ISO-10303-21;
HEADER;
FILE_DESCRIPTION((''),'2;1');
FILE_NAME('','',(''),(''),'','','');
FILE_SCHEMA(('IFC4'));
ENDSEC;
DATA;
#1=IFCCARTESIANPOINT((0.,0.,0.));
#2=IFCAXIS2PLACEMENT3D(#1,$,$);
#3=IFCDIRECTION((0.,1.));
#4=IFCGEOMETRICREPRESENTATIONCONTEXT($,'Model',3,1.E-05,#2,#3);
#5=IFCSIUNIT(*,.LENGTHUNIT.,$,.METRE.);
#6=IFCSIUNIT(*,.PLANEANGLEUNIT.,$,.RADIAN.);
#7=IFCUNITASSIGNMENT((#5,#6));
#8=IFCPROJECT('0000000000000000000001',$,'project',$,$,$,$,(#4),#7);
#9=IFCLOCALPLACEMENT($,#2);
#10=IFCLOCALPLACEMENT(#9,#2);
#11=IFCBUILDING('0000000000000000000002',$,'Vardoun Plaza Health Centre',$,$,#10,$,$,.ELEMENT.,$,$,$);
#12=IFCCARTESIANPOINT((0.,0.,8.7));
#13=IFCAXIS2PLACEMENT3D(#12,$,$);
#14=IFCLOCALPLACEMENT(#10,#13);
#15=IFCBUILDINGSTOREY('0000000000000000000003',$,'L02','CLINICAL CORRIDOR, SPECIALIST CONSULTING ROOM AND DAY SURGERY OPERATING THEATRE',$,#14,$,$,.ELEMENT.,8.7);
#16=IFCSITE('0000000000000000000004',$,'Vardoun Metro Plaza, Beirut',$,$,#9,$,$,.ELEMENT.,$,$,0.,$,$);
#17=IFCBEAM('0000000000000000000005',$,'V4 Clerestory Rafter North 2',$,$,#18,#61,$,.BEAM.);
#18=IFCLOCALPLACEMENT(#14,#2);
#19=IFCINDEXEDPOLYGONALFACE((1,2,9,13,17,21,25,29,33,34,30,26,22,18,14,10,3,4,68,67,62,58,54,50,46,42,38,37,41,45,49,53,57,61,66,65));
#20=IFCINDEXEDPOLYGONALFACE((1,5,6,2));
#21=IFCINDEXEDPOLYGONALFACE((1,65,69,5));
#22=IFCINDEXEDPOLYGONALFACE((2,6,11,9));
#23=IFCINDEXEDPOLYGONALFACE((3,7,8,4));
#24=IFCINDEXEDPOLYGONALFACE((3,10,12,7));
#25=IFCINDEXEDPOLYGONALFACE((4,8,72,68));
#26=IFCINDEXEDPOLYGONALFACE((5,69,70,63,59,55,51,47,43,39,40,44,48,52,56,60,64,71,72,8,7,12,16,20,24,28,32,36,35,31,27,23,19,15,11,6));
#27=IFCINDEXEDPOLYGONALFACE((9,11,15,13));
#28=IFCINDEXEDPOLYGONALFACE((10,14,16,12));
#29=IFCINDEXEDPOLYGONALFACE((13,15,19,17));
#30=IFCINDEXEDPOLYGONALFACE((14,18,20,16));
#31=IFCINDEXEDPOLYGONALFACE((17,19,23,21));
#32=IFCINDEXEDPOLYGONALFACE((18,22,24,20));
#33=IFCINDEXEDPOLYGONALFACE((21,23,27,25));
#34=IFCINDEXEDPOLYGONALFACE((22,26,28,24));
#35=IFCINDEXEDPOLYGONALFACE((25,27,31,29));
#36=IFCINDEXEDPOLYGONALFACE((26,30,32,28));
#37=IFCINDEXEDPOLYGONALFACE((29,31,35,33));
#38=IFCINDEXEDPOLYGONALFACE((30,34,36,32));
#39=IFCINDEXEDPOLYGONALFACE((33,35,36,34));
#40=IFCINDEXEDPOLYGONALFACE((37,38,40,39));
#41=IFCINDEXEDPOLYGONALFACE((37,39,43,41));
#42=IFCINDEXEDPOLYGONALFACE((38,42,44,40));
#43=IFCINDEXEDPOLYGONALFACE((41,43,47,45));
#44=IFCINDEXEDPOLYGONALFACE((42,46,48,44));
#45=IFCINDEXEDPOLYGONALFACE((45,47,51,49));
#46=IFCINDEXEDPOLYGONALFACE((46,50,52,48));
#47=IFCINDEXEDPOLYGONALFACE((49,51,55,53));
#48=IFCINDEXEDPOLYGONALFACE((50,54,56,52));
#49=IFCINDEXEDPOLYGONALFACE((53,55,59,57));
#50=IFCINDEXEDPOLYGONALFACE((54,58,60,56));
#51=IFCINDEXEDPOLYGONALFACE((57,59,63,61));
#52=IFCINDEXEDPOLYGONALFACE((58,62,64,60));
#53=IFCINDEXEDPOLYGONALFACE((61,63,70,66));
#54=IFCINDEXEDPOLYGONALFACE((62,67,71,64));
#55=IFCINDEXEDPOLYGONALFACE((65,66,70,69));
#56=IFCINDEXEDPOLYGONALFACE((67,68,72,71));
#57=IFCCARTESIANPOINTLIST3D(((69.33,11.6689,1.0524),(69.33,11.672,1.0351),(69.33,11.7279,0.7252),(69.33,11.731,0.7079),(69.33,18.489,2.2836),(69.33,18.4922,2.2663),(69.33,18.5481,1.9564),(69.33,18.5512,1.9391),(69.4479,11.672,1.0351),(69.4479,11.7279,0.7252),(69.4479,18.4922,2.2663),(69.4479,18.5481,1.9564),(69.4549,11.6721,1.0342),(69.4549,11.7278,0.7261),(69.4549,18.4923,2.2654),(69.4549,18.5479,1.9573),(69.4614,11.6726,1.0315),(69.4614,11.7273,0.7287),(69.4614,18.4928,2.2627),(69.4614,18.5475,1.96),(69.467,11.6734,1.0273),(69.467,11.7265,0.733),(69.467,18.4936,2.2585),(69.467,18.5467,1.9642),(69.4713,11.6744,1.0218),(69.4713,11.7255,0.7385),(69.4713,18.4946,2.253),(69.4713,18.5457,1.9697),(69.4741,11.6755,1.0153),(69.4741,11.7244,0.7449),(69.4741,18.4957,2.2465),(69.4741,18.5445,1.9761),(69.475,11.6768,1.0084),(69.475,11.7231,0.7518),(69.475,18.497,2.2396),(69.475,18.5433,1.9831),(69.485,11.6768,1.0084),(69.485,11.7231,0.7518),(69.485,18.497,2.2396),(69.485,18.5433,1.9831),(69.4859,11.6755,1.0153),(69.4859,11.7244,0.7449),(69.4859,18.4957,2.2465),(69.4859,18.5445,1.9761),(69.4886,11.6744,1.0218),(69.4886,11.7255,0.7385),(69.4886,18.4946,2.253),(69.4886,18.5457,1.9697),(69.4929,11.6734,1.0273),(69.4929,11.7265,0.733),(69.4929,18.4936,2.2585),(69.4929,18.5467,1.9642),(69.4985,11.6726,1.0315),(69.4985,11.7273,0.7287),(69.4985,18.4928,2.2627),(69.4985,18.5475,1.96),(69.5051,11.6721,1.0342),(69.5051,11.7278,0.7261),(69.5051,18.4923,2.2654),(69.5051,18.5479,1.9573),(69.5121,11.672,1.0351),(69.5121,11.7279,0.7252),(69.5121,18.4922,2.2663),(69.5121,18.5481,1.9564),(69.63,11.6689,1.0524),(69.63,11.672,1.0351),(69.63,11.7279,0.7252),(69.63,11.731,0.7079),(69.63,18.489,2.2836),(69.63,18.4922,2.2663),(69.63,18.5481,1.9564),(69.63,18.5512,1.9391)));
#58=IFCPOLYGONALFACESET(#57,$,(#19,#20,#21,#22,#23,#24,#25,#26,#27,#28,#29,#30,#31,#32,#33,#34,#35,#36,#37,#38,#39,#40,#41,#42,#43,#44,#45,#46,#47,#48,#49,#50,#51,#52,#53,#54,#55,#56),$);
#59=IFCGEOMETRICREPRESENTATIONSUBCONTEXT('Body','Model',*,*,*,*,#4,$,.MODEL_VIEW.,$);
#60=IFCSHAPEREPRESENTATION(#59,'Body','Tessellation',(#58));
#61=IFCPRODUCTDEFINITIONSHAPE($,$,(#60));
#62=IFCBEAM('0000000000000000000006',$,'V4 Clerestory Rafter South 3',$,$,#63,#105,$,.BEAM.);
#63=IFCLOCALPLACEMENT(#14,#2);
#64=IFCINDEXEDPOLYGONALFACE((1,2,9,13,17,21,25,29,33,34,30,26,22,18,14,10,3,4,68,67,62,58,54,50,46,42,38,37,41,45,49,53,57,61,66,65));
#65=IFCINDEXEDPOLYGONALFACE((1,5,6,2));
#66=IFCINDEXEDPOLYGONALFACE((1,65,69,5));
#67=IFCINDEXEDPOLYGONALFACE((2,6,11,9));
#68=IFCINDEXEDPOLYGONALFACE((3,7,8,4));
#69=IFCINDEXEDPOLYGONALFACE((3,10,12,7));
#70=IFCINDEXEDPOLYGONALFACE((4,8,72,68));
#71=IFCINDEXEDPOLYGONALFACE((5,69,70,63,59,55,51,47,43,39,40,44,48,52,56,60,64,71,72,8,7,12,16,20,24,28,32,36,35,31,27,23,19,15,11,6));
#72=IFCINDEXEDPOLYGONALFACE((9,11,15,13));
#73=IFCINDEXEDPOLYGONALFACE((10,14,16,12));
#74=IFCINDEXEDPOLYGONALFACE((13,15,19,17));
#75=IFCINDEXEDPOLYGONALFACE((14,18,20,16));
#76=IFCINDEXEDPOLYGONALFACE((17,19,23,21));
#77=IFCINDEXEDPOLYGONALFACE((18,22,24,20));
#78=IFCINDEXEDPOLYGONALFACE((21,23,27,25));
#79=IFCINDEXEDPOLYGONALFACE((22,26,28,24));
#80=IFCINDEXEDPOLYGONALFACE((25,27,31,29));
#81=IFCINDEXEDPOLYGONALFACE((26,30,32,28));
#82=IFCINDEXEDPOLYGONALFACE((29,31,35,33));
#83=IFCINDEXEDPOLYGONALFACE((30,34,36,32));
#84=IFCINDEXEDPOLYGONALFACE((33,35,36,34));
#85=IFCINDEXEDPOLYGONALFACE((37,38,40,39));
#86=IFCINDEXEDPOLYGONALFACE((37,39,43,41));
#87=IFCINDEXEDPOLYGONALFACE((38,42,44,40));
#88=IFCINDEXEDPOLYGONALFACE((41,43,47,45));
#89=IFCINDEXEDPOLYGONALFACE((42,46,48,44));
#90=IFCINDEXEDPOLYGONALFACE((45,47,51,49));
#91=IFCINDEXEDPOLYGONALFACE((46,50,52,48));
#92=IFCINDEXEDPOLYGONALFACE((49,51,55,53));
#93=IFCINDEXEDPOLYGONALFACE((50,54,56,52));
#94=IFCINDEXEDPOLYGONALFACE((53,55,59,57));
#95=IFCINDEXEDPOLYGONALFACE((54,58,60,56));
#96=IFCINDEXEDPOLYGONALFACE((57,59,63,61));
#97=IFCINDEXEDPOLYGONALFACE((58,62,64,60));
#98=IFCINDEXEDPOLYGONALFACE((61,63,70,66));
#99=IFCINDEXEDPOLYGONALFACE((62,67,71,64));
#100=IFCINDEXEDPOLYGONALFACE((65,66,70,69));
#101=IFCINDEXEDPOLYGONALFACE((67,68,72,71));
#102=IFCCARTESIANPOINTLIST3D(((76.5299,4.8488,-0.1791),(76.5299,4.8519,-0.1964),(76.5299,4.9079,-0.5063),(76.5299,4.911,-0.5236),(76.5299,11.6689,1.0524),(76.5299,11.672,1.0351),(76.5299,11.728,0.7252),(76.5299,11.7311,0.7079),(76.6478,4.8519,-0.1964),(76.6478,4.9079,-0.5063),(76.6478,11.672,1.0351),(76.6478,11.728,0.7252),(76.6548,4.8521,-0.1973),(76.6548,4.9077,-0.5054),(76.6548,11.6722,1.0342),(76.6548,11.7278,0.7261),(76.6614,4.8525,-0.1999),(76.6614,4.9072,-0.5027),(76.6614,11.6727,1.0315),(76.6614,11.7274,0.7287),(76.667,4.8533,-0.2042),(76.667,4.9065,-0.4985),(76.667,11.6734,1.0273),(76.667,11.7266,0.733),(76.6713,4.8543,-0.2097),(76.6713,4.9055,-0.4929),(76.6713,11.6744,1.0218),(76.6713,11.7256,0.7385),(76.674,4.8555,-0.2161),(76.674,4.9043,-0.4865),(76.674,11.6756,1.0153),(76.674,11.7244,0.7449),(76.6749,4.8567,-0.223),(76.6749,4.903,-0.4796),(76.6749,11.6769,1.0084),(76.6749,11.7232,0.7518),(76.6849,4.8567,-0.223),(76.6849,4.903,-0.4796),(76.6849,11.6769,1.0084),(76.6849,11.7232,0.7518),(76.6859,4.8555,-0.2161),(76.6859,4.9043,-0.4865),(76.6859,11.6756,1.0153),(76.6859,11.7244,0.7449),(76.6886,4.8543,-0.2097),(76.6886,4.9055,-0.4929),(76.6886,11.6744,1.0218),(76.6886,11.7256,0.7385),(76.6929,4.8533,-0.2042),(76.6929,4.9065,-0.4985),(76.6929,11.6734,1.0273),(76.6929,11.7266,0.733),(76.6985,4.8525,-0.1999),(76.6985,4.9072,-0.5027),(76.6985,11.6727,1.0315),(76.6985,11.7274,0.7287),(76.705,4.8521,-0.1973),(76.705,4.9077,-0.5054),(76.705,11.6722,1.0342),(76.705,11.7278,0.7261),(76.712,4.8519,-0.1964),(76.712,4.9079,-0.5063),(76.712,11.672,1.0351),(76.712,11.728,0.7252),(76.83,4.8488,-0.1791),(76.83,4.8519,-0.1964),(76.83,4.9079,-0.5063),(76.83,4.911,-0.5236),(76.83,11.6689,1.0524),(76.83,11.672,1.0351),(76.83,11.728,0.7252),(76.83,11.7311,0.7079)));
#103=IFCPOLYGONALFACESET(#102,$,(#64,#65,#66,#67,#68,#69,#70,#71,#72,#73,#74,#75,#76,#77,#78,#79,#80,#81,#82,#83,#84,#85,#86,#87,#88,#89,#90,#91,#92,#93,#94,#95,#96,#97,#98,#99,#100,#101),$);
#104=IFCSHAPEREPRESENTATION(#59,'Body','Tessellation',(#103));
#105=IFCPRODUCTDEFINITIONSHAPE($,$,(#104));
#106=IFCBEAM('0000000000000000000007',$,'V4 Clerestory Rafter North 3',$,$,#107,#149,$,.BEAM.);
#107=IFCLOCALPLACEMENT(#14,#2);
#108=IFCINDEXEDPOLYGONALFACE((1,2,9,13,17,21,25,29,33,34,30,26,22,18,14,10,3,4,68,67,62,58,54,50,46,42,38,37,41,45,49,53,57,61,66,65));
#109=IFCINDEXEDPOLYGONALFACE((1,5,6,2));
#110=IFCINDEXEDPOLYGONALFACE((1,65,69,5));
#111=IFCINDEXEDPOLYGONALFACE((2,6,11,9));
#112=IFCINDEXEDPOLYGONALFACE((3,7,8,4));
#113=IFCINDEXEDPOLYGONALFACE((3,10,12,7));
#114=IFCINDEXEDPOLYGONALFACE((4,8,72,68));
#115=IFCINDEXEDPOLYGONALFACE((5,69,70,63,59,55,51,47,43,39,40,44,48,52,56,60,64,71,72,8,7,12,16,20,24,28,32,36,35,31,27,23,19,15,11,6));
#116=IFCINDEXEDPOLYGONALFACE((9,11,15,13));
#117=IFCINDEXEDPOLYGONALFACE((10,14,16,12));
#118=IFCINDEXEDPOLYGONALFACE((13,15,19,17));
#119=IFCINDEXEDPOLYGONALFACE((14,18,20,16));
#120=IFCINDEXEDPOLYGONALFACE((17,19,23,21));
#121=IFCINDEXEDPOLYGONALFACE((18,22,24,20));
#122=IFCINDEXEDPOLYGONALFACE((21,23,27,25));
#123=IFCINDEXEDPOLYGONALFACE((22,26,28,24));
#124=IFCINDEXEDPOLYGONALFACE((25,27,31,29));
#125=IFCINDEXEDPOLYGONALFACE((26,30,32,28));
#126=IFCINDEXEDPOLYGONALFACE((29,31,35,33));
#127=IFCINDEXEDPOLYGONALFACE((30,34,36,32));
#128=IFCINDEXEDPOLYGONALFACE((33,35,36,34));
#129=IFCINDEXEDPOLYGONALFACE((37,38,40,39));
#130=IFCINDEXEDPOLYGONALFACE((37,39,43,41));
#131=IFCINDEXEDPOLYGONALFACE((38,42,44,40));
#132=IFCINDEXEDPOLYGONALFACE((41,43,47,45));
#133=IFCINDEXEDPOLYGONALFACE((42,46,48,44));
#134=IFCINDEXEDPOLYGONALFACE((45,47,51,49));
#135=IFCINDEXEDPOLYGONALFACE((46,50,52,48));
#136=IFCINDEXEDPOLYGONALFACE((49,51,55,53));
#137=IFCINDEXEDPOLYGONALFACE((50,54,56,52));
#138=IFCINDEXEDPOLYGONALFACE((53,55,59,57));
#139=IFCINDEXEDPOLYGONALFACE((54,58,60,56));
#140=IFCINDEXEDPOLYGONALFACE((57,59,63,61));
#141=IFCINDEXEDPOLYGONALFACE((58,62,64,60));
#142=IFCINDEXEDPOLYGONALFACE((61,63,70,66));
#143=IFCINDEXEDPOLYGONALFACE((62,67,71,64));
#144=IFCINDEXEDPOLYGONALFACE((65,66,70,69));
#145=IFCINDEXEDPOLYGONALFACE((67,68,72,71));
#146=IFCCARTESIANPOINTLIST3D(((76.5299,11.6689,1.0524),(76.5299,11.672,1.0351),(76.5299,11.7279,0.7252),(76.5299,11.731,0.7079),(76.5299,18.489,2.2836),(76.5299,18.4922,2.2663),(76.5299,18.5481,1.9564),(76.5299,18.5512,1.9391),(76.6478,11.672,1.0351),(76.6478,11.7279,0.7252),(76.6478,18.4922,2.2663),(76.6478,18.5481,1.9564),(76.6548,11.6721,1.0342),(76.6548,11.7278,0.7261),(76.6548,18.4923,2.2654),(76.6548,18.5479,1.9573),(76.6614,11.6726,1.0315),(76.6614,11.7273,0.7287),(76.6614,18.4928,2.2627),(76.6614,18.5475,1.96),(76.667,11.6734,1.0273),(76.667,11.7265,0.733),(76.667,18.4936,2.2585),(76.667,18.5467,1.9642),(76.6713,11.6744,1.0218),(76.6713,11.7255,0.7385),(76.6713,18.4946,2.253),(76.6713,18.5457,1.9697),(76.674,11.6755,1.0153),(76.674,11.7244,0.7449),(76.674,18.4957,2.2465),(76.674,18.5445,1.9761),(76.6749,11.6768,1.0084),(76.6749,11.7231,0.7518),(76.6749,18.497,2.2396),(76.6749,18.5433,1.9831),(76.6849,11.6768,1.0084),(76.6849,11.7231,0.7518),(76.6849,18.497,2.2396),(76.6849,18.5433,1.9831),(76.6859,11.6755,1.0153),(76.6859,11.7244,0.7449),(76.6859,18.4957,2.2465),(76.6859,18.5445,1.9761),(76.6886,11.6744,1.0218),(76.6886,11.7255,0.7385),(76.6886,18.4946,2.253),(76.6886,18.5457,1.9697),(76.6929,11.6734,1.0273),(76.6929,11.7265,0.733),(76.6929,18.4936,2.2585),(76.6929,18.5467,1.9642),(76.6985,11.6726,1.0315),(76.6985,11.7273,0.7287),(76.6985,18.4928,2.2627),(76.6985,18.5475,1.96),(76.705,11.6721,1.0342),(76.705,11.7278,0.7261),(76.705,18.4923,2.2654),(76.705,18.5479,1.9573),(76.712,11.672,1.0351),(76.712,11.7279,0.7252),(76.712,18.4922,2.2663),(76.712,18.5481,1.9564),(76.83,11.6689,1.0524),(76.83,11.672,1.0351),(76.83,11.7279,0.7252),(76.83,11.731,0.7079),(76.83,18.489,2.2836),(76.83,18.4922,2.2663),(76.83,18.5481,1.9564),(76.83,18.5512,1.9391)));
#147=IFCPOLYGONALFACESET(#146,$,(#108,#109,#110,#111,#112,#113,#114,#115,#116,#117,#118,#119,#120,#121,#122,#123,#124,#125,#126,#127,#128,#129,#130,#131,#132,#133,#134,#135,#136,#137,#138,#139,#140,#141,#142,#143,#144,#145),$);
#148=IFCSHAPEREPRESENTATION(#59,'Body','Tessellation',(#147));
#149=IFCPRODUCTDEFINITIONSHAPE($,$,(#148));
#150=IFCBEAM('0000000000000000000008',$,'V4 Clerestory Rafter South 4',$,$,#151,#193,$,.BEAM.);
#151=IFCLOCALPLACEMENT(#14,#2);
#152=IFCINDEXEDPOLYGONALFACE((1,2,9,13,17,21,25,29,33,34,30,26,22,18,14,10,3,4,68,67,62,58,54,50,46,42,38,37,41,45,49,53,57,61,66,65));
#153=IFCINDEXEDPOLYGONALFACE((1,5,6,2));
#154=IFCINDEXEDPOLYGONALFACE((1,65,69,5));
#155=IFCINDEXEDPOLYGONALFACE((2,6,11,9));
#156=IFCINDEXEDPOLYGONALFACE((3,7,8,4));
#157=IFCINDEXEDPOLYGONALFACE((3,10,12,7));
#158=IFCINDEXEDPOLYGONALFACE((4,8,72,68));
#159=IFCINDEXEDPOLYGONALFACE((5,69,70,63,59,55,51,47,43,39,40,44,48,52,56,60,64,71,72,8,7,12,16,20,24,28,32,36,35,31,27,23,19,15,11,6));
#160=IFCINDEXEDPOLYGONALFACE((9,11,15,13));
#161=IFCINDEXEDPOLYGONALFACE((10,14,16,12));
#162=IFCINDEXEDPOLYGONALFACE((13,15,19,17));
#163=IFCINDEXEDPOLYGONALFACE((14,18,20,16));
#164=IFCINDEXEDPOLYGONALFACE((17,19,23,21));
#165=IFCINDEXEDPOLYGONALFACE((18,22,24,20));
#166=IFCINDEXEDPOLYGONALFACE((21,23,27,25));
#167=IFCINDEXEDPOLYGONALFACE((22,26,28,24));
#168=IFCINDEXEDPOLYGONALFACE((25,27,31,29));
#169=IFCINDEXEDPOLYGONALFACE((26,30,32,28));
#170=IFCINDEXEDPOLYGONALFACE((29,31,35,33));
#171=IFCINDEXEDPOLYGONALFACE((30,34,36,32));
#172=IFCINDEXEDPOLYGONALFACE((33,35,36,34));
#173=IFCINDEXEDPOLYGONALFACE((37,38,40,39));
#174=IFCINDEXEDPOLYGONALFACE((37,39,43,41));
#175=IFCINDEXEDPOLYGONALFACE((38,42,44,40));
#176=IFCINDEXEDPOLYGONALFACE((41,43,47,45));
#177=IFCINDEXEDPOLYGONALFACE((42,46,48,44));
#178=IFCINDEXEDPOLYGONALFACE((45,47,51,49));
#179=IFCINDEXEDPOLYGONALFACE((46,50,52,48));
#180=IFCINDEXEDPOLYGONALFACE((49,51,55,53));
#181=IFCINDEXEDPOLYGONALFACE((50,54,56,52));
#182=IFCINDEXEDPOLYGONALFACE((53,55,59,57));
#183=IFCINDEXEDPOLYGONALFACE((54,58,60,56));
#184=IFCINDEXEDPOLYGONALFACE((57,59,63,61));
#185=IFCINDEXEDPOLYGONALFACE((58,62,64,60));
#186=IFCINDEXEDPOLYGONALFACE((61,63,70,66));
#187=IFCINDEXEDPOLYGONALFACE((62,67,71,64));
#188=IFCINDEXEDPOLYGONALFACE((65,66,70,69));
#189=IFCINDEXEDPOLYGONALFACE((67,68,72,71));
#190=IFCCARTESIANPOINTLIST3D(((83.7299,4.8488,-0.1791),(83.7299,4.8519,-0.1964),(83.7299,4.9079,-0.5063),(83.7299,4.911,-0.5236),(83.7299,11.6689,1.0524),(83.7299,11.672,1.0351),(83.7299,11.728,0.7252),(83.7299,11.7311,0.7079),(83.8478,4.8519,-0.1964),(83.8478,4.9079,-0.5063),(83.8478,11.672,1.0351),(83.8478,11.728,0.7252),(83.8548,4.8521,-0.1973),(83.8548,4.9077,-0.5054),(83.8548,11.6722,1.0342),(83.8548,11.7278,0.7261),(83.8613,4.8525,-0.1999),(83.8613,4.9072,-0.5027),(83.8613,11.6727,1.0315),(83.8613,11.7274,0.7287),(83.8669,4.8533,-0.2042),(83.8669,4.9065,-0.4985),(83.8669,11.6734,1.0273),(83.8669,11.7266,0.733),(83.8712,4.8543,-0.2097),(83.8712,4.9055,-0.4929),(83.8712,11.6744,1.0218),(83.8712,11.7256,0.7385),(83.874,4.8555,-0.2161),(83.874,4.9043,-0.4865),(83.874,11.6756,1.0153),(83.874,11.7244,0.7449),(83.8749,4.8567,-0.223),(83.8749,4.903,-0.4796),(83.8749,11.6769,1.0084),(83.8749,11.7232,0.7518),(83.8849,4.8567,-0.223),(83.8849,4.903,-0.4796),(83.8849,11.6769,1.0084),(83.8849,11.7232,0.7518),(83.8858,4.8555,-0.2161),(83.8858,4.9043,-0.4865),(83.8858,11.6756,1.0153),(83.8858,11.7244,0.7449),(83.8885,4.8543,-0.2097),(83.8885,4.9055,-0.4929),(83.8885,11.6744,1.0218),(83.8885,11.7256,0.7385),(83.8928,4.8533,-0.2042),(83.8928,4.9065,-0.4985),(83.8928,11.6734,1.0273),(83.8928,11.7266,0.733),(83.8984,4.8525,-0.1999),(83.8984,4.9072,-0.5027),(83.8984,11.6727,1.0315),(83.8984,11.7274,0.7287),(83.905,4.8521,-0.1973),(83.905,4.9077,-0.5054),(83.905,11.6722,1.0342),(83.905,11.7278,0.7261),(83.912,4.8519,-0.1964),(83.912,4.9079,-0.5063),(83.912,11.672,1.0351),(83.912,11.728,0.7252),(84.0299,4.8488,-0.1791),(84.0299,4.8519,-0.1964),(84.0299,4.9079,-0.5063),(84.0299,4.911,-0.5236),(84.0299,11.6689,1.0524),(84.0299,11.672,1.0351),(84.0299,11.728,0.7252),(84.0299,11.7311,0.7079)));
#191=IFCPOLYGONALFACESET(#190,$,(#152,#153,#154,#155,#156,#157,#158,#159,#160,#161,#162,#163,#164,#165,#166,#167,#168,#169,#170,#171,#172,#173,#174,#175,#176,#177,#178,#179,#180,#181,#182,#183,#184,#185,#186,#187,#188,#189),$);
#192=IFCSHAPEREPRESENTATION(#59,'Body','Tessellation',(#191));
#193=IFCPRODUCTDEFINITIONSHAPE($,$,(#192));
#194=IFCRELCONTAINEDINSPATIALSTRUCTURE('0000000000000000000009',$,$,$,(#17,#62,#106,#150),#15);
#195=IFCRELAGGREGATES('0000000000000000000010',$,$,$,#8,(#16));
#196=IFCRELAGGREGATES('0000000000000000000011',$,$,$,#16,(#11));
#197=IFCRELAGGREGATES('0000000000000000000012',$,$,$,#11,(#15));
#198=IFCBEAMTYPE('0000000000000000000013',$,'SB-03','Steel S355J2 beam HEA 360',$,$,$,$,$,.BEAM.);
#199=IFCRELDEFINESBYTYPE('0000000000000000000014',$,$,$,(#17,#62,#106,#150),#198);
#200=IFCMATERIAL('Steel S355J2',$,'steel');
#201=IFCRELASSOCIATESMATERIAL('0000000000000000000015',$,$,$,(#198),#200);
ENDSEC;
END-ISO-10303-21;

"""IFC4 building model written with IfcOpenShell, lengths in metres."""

from ifc_helpers import new_model, si_unit, direction, frame, origin, origin_2d, place, context, subcontext, project, spatial, i_section, extrude, material, material_profile, profile_set, type_object, element, save


model = new_model("IFC4")

# Units and contexts
model_context = context("Model", 3, precision=1e-05, world=origin(), true_north=direction((0.0, 1.0)))
body_context = subcontext(model_context, "Body", "Model", "MODEL_VIEW")
ifc_project = project(units=[si_unit("LENGTHUNIT", "METRE"), si_unit("PLANEANGLEUNIT", "RADIAN")], contexts=[model_context])

# Site, building, storey
site_placement = place(None, origin())
site = spatial("IfcSite", under=ifc_project, at=site_placement, Name="Vardoun Metro Plaza, Beirut", CompositionType="ELEMENT", RefElevation=0.0)
building_placement = place(site_placement, origin())
building = spatial("IfcBuilding", under=site, at=building_placement, Name="Vardoun Plaza Health Centre", CompositionType="ELEMENT")
storey_placement = place(building_placement, frame((0.0, 0.0, 8.7)))
storey = spatial("IfcBuildingStorey", under=building, at=storey_placement, Name="L02", Description="CLINICAL CORRIDOR, SPECIALIST CONSULTING ROOM AND DAY SURGERY OPERATING THEATRE", CompositionType="ELEMENT", Elevation=8.7)

# Beams
ifc_material_1 = material(Name="Steel S355J2", Category="steel")
ifc_material_profile_1 = material_profile(ifc_material_1, i_section(OverallWidth=0.3, OverallDepth=0.3501, WebThickness=0.01, FlangeThickness=0.0176, FilletRadius=0.0271, at=origin_2d()), Name="HEA 360")
ifc_profile_set_1 = profile_set([ifc_material_profile_1], Name="Steel S355J2")
beam_type = type_object("IfcBeamType", Name="SB-03", Description="Steel S355J2 beam HEA 360", PredefinedType="BEAM", material=ifc_profile_set_1)
for number, where, z_axis, x_axis, name in (
    (1, (69.48, 11.7, 0.8801), (0.0, 0.984093, 0.177655), (-1.0, 0.0, 0.0), "V4 Clerestory Rafter North 2"),
    (2, (76.6799, 4.8799, -0.3513), (0.0, 0.984087, 0.177689), (-1.0, 0.0, 0.0), "V4 Clerestory Rafter South 3"),
    (3, (76.6799, 11.7, 0.8801), (0.0, 0.984093, 0.177655), (-1.0, 0.0, 0.0), "V4 Clerestory Rafter North 3"),
    (4, (83.8799, 4.8799, -0.3513), (0.0, 0.984087, 0.177689), (-1.0, 0.0, 0.0), "V4 Clerestory Rafter South 4"),
):
    element("IfcBeam", number, at=place(storey_placement, frame(where, z_axis=z_axis, x_axis=x_axis)), inside=storey, type_object=beam_type, Name=name, PredefinedType="BEAM", context=body_context, shape_type="SweptSolid", body=[
        extrude(i_section(OverallWidth=0.3, OverallDepth=0.3501, WebThickness=0.01, FlangeThickness=0.0176, FilletRadius=0.0271, at=origin_2d()), origin(), (0.0, 0.0, 1.0), 6.9304),
    ])

save(model, "model.ifc")
